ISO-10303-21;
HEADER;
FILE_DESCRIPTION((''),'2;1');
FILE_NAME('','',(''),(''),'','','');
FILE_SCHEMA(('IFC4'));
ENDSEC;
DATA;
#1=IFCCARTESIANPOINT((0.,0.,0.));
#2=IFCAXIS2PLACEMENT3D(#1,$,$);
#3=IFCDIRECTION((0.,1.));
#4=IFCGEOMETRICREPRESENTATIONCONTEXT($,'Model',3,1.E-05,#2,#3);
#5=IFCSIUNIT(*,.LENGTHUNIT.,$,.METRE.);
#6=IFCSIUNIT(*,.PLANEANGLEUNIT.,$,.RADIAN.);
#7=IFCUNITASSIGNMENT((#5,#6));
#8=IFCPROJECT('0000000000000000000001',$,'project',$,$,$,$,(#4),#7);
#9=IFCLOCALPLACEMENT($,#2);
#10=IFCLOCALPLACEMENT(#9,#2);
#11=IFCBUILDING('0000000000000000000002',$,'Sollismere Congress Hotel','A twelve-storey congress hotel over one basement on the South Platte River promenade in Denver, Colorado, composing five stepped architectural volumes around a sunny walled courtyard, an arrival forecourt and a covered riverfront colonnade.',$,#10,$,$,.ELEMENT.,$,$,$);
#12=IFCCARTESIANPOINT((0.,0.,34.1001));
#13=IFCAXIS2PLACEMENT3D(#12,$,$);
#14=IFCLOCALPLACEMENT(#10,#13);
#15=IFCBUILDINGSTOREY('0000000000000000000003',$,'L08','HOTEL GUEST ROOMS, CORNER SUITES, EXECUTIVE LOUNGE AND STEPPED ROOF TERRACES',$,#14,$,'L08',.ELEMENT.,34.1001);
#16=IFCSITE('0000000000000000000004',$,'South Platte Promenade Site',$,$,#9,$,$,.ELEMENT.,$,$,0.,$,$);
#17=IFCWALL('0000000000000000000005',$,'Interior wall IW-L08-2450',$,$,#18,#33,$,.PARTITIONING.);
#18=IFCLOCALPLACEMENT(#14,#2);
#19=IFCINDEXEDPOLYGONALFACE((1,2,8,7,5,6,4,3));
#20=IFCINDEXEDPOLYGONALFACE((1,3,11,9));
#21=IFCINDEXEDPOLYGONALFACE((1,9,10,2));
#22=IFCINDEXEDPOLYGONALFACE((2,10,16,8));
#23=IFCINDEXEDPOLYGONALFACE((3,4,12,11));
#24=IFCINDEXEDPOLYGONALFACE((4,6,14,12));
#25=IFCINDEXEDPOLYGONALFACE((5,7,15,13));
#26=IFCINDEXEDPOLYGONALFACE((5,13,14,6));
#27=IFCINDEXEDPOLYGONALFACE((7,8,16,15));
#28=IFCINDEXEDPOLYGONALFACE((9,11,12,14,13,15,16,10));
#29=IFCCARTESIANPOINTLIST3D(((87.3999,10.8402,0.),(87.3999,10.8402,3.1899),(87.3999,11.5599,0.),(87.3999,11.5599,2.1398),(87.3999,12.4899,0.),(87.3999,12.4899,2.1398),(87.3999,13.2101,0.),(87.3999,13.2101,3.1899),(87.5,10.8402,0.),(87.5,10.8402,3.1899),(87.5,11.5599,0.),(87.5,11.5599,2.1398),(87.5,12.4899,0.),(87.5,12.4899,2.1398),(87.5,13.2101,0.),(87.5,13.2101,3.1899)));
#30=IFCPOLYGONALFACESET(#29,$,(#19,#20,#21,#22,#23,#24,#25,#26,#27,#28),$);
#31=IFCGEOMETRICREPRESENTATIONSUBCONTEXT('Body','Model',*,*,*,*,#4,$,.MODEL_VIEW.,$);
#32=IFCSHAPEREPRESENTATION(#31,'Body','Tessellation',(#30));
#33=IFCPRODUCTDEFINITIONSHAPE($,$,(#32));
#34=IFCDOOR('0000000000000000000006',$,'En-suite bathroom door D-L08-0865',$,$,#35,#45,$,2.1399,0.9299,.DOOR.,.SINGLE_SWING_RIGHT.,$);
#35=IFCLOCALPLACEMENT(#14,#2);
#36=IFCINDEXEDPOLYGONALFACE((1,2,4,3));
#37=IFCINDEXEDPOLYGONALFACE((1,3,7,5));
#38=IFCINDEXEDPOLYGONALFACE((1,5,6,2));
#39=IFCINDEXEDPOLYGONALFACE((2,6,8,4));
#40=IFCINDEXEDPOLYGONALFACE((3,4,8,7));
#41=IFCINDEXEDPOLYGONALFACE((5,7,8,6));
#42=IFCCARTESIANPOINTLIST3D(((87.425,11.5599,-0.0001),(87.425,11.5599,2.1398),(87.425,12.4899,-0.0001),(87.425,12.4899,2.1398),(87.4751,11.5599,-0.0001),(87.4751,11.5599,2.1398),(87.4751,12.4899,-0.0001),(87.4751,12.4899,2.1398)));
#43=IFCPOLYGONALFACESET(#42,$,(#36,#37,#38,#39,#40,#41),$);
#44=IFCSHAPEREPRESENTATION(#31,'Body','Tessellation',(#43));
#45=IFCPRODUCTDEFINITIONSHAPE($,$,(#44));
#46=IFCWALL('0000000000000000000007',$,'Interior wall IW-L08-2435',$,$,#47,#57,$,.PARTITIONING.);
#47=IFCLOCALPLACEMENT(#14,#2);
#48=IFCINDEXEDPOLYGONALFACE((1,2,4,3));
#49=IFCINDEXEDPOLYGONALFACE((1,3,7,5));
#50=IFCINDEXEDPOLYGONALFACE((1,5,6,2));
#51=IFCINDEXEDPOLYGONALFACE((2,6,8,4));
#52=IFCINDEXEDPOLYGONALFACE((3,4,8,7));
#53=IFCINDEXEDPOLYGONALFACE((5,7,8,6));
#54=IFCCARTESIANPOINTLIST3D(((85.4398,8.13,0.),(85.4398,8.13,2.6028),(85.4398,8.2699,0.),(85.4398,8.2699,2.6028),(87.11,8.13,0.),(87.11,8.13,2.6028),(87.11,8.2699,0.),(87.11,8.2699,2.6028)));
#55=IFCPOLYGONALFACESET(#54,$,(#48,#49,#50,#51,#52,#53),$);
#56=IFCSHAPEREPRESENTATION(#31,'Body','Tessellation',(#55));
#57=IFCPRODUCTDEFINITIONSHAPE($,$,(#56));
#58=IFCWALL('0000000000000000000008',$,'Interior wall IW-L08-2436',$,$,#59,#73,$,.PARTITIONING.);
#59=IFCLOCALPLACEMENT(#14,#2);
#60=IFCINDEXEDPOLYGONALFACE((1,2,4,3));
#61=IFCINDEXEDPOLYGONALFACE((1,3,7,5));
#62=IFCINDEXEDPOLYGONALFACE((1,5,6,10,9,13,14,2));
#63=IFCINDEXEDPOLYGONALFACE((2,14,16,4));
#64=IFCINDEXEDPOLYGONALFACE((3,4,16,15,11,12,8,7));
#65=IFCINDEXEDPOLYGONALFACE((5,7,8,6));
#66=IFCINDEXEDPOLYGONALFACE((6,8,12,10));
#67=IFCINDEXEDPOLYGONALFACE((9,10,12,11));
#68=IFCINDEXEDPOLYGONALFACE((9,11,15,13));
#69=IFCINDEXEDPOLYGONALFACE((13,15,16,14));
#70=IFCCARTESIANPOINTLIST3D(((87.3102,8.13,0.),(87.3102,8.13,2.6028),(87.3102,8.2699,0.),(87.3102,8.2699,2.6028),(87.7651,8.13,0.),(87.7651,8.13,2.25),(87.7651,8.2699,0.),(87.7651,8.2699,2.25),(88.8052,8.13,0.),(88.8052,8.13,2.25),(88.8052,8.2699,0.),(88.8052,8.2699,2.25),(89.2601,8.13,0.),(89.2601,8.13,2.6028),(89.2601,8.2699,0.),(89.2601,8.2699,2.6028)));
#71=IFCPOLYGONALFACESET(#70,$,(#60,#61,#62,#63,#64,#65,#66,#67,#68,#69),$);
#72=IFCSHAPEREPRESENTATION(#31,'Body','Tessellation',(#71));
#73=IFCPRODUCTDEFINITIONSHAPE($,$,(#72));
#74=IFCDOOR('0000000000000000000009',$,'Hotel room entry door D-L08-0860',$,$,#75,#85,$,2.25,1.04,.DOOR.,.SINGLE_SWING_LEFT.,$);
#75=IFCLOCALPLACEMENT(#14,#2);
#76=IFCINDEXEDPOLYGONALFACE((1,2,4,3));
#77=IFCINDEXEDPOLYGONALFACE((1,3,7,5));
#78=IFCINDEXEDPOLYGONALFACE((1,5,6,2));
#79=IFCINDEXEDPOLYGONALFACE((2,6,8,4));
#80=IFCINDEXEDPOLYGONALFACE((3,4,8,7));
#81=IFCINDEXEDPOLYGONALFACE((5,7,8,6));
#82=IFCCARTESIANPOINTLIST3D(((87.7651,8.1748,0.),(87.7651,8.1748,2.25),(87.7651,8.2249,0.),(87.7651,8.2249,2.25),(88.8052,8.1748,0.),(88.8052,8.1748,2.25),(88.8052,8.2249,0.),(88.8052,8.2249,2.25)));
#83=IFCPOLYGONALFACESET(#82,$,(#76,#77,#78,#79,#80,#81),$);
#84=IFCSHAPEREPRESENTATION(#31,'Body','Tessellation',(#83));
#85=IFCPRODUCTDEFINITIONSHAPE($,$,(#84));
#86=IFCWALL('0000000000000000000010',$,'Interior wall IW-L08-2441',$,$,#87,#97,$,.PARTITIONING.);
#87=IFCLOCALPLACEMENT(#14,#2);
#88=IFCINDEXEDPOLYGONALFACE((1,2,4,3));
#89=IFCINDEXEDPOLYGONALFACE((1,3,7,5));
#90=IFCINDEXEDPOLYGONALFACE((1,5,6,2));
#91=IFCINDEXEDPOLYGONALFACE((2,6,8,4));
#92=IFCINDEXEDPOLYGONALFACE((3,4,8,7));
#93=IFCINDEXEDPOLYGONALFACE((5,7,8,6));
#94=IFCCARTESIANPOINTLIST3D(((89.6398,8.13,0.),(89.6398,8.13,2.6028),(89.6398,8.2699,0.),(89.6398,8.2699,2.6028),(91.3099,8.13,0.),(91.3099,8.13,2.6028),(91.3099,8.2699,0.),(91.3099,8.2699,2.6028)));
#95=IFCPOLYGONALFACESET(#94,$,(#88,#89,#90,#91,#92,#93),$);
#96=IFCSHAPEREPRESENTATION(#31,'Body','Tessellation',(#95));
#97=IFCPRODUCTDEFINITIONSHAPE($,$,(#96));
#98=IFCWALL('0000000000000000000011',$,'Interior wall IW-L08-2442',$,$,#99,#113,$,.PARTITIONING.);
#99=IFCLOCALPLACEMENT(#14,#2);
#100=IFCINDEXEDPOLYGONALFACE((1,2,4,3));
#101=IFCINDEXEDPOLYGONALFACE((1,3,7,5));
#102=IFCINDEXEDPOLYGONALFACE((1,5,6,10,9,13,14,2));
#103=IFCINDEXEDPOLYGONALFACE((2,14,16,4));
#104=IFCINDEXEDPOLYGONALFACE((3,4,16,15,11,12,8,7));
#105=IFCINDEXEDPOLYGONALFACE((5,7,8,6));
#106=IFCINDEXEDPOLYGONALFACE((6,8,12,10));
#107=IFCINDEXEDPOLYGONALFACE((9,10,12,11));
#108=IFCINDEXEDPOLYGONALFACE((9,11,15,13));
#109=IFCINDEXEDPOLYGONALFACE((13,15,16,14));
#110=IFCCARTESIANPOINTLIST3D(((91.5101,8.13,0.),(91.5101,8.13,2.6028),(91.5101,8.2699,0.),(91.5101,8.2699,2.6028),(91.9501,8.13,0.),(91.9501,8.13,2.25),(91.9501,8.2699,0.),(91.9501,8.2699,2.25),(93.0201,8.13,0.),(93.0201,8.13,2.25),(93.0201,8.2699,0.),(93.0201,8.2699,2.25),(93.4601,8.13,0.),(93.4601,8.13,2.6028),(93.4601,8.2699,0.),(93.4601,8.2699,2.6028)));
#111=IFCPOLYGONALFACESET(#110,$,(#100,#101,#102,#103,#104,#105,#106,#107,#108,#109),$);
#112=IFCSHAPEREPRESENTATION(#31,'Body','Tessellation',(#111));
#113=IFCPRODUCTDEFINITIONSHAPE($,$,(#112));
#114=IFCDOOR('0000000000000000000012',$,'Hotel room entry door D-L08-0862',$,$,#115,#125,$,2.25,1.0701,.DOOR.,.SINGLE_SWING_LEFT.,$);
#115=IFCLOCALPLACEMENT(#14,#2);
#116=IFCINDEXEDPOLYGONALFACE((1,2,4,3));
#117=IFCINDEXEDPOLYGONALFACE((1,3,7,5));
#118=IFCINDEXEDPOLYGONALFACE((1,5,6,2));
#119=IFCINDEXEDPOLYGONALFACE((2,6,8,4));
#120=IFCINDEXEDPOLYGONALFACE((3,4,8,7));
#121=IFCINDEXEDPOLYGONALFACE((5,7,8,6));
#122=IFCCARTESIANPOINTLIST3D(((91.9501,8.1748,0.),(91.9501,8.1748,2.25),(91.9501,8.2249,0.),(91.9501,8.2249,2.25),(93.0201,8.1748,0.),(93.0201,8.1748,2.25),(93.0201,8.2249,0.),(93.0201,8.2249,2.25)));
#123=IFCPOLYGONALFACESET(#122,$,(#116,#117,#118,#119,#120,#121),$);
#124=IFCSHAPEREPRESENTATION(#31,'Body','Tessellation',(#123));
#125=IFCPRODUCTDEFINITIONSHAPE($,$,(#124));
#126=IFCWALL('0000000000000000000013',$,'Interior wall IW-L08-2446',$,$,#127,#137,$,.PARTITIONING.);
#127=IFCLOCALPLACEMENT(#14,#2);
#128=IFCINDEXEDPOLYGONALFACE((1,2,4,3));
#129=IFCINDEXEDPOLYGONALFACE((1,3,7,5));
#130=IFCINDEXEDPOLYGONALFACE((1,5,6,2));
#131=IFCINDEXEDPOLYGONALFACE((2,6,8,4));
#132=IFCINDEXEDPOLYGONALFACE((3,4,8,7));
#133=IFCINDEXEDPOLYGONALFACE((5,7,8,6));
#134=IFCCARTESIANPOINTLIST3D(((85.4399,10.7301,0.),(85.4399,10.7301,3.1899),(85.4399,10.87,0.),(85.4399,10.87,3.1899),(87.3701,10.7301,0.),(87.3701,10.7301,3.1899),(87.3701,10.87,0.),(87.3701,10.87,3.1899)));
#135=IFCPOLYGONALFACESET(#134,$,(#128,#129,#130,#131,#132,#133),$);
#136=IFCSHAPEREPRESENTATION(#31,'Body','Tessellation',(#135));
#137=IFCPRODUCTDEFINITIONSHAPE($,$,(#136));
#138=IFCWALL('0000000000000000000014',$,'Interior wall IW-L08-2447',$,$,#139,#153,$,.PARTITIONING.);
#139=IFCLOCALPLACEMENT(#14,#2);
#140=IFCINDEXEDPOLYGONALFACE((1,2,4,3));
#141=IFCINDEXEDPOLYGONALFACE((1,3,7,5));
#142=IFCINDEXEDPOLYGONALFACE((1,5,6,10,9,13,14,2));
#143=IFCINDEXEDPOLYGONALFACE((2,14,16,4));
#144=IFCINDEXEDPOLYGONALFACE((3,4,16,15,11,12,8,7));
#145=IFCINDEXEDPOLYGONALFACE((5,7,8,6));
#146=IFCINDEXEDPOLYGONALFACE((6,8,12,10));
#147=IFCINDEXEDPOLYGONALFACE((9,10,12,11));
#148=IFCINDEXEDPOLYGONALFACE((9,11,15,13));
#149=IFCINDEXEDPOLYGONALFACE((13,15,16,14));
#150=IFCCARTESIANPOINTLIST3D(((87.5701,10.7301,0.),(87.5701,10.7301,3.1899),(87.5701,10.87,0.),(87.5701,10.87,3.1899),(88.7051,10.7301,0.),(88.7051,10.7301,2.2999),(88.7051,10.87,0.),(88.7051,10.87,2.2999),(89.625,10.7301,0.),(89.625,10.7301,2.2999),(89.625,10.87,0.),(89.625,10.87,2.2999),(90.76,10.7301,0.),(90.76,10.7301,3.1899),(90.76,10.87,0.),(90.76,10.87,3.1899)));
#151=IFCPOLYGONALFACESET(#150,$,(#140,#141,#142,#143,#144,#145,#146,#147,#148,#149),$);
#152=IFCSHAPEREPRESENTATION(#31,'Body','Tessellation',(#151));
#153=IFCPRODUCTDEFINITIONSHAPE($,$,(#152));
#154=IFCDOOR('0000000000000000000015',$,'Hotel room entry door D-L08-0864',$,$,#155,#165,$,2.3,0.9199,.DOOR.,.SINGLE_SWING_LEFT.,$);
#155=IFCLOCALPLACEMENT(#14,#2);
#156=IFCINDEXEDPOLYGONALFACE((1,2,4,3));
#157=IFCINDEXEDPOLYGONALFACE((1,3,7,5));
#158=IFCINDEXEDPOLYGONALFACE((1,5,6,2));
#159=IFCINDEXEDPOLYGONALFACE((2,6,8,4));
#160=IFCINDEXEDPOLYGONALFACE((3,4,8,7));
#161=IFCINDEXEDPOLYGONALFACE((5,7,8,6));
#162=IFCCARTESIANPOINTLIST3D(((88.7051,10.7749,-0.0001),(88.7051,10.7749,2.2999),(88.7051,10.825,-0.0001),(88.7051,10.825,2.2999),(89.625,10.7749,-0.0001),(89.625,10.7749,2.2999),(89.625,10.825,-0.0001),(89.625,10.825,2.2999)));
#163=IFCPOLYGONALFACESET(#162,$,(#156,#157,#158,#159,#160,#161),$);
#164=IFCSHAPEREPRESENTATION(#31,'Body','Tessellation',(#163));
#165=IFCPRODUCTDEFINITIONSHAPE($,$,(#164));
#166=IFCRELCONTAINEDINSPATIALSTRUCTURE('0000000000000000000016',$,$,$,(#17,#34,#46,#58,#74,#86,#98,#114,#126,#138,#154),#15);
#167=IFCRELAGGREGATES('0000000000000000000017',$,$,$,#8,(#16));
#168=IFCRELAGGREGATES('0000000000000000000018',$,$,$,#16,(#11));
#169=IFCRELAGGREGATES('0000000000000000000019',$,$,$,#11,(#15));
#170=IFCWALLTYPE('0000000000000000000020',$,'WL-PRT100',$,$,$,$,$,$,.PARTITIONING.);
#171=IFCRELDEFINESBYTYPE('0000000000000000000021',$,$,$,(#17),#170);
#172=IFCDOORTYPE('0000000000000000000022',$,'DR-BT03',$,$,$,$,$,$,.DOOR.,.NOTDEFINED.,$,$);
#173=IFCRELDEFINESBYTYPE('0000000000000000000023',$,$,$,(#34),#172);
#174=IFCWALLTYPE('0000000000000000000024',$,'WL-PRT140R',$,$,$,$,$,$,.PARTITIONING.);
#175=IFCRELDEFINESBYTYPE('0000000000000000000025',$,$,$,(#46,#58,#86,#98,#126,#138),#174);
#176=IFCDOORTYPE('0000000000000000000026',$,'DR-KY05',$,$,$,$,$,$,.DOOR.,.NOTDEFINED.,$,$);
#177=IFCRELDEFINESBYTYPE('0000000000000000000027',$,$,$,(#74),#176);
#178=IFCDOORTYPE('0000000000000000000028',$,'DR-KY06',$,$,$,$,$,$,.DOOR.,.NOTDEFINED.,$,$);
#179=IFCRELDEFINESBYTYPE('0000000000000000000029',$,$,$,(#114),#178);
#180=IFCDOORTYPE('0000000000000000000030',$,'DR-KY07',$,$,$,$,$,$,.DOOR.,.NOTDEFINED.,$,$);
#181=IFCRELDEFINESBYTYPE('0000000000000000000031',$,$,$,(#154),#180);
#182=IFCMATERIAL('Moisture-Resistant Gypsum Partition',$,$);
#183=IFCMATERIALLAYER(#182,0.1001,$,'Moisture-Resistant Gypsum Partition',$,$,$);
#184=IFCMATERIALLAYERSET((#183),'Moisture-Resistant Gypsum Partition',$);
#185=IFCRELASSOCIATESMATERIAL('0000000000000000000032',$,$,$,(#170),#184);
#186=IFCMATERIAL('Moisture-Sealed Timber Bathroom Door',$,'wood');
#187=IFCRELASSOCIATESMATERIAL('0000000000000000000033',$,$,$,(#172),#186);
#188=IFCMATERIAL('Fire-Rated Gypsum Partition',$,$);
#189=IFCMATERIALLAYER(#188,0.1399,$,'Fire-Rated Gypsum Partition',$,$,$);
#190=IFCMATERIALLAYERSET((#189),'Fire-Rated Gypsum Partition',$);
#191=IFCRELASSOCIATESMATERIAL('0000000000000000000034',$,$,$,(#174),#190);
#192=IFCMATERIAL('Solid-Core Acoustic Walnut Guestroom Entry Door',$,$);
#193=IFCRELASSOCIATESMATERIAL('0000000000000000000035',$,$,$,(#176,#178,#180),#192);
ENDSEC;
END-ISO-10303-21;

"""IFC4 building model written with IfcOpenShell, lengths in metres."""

from ifc_helpers import new_model, si_unit, direction, frame, frame_2d, origin, place, context, subcontext, project, spatial, rectangle, extrude, material, layer, layer_set, type_object, element, fill, save


model = new_model("IFC4")

# Units and contexts
model_context = context("Model", 3, precision=1e-05, world=origin(), true_north=direction((0.0, 1.0)))
body_context = subcontext(model_context, "Body", "Model", "MODEL_VIEW")
ifc_project = project(units=[si_unit("LENGTHUNIT", "METRE"), si_unit("PLANEANGLEUNIT", "RADIAN")], contexts=[model_context])

# Site, building, storey
site_placement = place(None, origin())
site = spatial("IfcSite", under=ifc_project, at=site_placement, Name="South Platte Promenade Site", CompositionType="ELEMENT", RefElevation=0.0)
building_placement = place(site_placement, origin())
building = spatial("IfcBuilding", under=site, at=building_placement, Name="Sollismere Congress Hotel", Description="A twelve-storey congress hotel over one basement on the South Platte River promenade in Denver, Colorado, composing five stepped architectural volumes around a sunny walled courtyard, an arrival forecourt and a covered riverfront colonnade.", CompositionType="ELEMENT")
storey_placement = place(building_placement, frame((0.0, 0.0, 34.1001)))
storey = spatial("IfcBuildingStorey", under=building, at=storey_placement, Name="L08", Description="HOTEL GUEST ROOMS, CORNER SUITES, EXECUTIVE LOUNGE AND STEPPED ROOF TERRACES", LongName="L08", CompositionType="ELEMENT", Elevation=34.1001)

# Wall, opening, door
ifc_material_1 = material(Name="Moisture-Resistant Gypsum Partition")
ifc_layer_1 = layer(ifc_material_1, 0.1001, Name="Moisture-Resistant Gypsum Partition")
ifc_layer_set_1 = layer_set([ifc_layer_1], Name="Moisture-Resistant Gypsum Partition")
wall_type_1 = type_object("IfcWallType", Name="WL-PRT100", PredefinedType="PARTITIONING", material=ifc_layer_set_1)
wall_1_placement = place(storey_placement, frame((87.45, 10.8401, 0.0), z_axis=(0.0, 0.0, 1.0), x_axis=(0.0, 1.0, 0.0)))
wall_1 = element("IfcWall", 1, at=wall_1_placement, inside=storey, type_object=wall_type_1, Name="Interior wall IW-L08-2450", PredefinedType="PARTITIONING", context=body_context, shape_type="SweptSolid", body=[
    extrude(rectangle(XDim=2.3699, YDim=0.1001, at=frame_2d((1.1851, 0.0))), origin(), (0.0, 0.0, 1.0), 3.1899),
])
opening_1_placement = place(wall_1_placement, frame((0.72, 0.0, 0.0)))
opening_1 = element("IfcOpeningElement", 2, at=opening_1_placement, cuts=wall_1, PredefinedType="OPENING", context=body_context, shape_type="SweptSolid", body=[
    extrude(rectangle(XDim=0.9299, YDim=2.1399, at=frame_2d((0.4648, 1.0698))), frame((0.0, 0.0601, 0.0), z_axis=(0.0, -1.0, 0.0), x_axis=(1.0, 0.0, 0.0)), (0.0, 0.0, 1.0), 0.1201),
])
ifc_material_2 = material(Name="Moisture-Sealed Timber Bathroom Door", Category="wood")
door_type_1 = type_object("IfcDoorType", Name="DR-BT03", OperationType="NOTDEFINED", PredefinedType="DOOR", material=ifc_material_2)
door_1_placement = place(opening_1_placement, origin())
door_1 = element("IfcDoor", 3, at=door_1_placement, inside=storey, type_object=door_type_1, Name="En-suite bathroom door D-L08-0865", OperationType="SINGLE_SWING_RIGHT", OverallHeight=2.1399, OverallWidth=0.9299, PredefinedType="DOOR", context=body_context, shape_type="SweptSolid", body=[
    extrude(rectangle(XDim=0.9299, YDim=2.1399, at=frame_2d((0.4648, 1.0698))), frame((0.0, 0.0249, 0.0), z_axis=(0.0, -1.0, 0.0), x_axis=(1.0, 0.0, 0.0)), (0.0, 0.0, 1.0), 0.05),
])
fill(opening_1, door_1)

# Wall
ifc_material_3 = material(Name="Fire-Rated Gypsum Partition")
ifc_layer_2 = layer(ifc_material_3, 0.1399, Name="Fire-Rated Gypsum Partition")
ifc_layer_set_2 = layer_set([ifc_layer_2], Name="Fire-Rated Gypsum Partition")
wall_type_2 = type_object("IfcWallType", Name="WL-PRT140R", PredefinedType="PARTITIONING", material=ifc_layer_set_2)
wall_2_placement = place(storey_placement, frame((85.4399, 8.2, 0.0), z_axis=(0.0, 0.0, 1.0), x_axis=(1.0, 0.0, 0.0)))
element("IfcWall", 4, at=wall_2_placement, inside=storey, type_object=wall_type_2, Name="Interior wall IW-L08-2435", PredefinedType="PARTITIONING", context=body_context, shape_type="SweptSolid", body=[
    extrude(rectangle(XDim=1.6702, YDim=0.1399, at=frame_2d((0.835, 0.0))), origin(), (0.0, 0.0, 1.0), 2.6028),
])

# Wall, opening, door
wall_3_placement = place(storey_placement, frame((87.3101, 8.2, 0.0), z_axis=(0.0, 0.0, 1.0), x_axis=(1.0, 0.0, 0.0)))
wall_3 = element("IfcWall", 5, at=wall_3_placement, inside=storey, type_object=wall_type_2, Name="Interior wall IW-L08-2436", PredefinedType="PARTITIONING", context=body_context, shape_type="SweptSolid", body=[
    extrude(rectangle(XDim=1.95, YDim=0.1399, at=frame_2d((0.9751, 0.0))), origin(), (0.0, 0.0, 1.0), 2.6028),
])
opening_2_placement = place(wall_3_placement, frame((0.4551, 0.0, 0.0)))
opening_2 = element("IfcOpeningElement", 6, at=opening_2_placement, cuts=wall_3, PredefinedType="OPENING", context=body_context, shape_type="SweptSolid", body=[
    extrude(rectangle(XDim=1.04, YDim=2.25, at=frame_2d((0.52, 1.125))), frame((0.0, 0.0798, 0.0), z_axis=(0.0, -1.0, 0.0), x_axis=(1.0, 0.0, 0.0)), (0.0, 0.0, 1.0), 0.1599),
])
ifc_material_4 = material(Name="Solid-Core Acoustic Walnut Guestroom Entry Door")
door_type_2 = type_object("IfcDoorType", Name="DR-KY05", OperationType="NOTDEFINED", PredefinedType="DOOR", material=ifc_material_4)
door_2_placement = place(opening_2_placement, origin())
door_2 = element("IfcDoor", 7, at=door_2_placement, inside=storey, type_object=door_type_2, Name="Hotel room entry door D-L08-0860", OperationType="SINGLE_SWING_LEFT", OverallHeight=2.25, OverallWidth=1.04, PredefinedType="DOOR", context=body_context, shape_type="SweptSolid", body=[
    extrude(rectangle(XDim=1.04, YDim=2.25, at=frame_2d((0.52, 1.125))), frame((0.0, 0.0249, 0.0), z_axis=(0.0, -1.0, 0.0), x_axis=(1.0, 0.0, 0.0)), (0.0, 0.0, 1.0), 0.05),
])
fill(opening_2, door_2)

# Wall
wall_4_placement = place(storey_placement, frame((89.6399, 8.2, 0.0), z_axis=(0.0, 0.0, 1.0), x_axis=(1.0, 0.0, 0.0)))
element("IfcWall", 8, at=wall_4_placement, inside=storey, type_object=wall_type_2, Name="Interior wall IW-L08-2441", PredefinedType="PARTITIONING", context=body_context, shape_type="SweptSolid", body=[
    extrude(rectangle(XDim=1.6702, YDim=0.1399, at=frame_2d((0.835, 0.0))), origin(), (0.0, 0.0, 1.0), 2.6028),
])

# Wall, opening, door
wall_5_placement = place(storey_placement, frame((91.51, 8.2, 0.0), z_axis=(0.0, 0.0, 1.0), x_axis=(1.0, 0.0, 0.0)))
wall_5 = element("IfcWall", 9, at=wall_5_placement, inside=storey, type_object=wall_type_2, Name="Interior wall IW-L08-2442", PredefinedType="PARTITIONING", context=body_context, shape_type="SweptSolid", body=[
    extrude(rectangle(XDim=1.95, YDim=0.1399, at=frame_2d((0.9751, 0.0))), origin(), (0.0, 0.0, 1.0), 2.6028),
])
opening_3_placement = place(wall_5_placement, frame((0.4399, 0.0, 0.0)))
opening_3 = element("IfcOpeningElement", 10, at=opening_3_placement, cuts=wall_5, PredefinedType="OPENING", context=body_context, shape_type="SweptSolid", body=[
    extrude(rectangle(XDim=1.0701, YDim=2.25, at=frame_2d((0.5352, 1.125))), frame((0.0, 0.0798, 0.0), z_axis=(0.0, -1.0, 0.0), x_axis=(1.0, 0.0, 0.0)), (0.0, 0.0, 1.0), 0.1599),
])
door_type_3 = type_object("IfcDoorType", Name="DR-KY06", OperationType="NOTDEFINED", PredefinedType="DOOR", material=ifc_material_4)
door_3_placement = place(opening_3_placement, origin())
door_3 = element("IfcDoor", 11, at=door_3_placement, inside=storey, type_object=door_type_3, Name="Hotel room entry door D-L08-0862", OperationType="SINGLE_SWING_LEFT", OverallHeight=2.25, OverallWidth=1.0701, PredefinedType="DOOR", context=body_context, shape_type="SweptSolid", body=[
    extrude(rectangle(XDim=1.0701, YDim=2.25, at=frame_2d((0.5352, 1.125))), frame((0.0, 0.0249, 0.0), z_axis=(0.0, -1.0, 0.0), x_axis=(1.0, 0.0, 0.0)), (0.0, 0.0, 1.0), 0.05),
])
fill(opening_3, door_3)

# Wall
wall_6_placement = place(storey_placement, frame((85.4399, 10.8, 0.0), z_axis=(0.0, 0.0, 1.0), x_axis=(1.0, 0.0, 0.0)))
element("IfcWall", 12, at=wall_6_placement, inside=storey, type_object=wall_type_2, Name="Interior wall IW-L08-2446", PredefinedType="PARTITIONING", context=body_context, shape_type="SweptSolid", body=[
    extrude(rectangle(XDim=1.9302, YDim=0.1399, at=frame_2d((0.9651, 0.0))), origin(), (0.0, 0.0, 1.0), 3.1899),
])

# Wall, opening, door
wall_7_placement = place(storey_placement, frame((87.5701, 10.8, 0.0), z_axis=(0.0, 0.0, 1.0), x_axis=(1.0, 0.0, 0.0)))
wall_7 = element("IfcWall", 13, at=wall_7_placement, inside=storey, type_object=wall_type_2, Name="Interior wall IW-L08-2447", PredefinedType="PARTITIONING", context=body_context, shape_type="SweptSolid", body=[
    extrude(rectangle(XDim=3.1899, YDim=0.1399, at=frame_2d((1.595, 0.0))), origin(), (0.0, 0.0, 1.0), 3.1899),
])
opening_4_placement = place(wall_7_placement, frame((1.135, 0.0, 0.0)))
opening_4 = element("IfcOpeningElement", 14, at=opening_4_placement, cuts=wall_7, PredefinedType="OPENING", context=body_context, shape_type="SweptSolid", body=[
    extrude(rectangle(XDim=0.9199, YDim=2.3, at=frame_2d((0.46, 1.1499))), frame((0.0, 0.0798, 0.0), z_axis=(0.0, -1.0, 0.0), x_axis=(1.0, 0.0, 0.0)), (0.0, 0.0, 1.0), 0.1599),
])
door_type_4 = type_object("IfcDoorType", Name="DR-KY07", OperationType="NOTDEFINED", PredefinedType="DOOR", material=ifc_material_4)
door_4_placement = place(opening_4_placement, origin())
door_4 = element("IfcDoor", 15, at=door_4_placement, inside=storey, type_object=door_type_4, Name="Hotel room entry door D-L08-0864", OperationType="SINGLE_SWING_LEFT", OverallHeight=2.3, OverallWidth=0.9199, PredefinedType="DOOR", context=body_context, shape_type="SweptSolid", body=[
    extrude(rectangle(XDim=0.9199, YDim=2.3, at=frame_2d((0.46, 1.1499))), frame((0.0, 0.0249, 0.0), z_axis=(0.0, -1.0, 0.0), x_axis=(1.0, 0.0, 0.0)), (0.0, 0.0, 1.0), 0.05),
])
fill(opening_4, door_4)

save(model, "model.ifc")
